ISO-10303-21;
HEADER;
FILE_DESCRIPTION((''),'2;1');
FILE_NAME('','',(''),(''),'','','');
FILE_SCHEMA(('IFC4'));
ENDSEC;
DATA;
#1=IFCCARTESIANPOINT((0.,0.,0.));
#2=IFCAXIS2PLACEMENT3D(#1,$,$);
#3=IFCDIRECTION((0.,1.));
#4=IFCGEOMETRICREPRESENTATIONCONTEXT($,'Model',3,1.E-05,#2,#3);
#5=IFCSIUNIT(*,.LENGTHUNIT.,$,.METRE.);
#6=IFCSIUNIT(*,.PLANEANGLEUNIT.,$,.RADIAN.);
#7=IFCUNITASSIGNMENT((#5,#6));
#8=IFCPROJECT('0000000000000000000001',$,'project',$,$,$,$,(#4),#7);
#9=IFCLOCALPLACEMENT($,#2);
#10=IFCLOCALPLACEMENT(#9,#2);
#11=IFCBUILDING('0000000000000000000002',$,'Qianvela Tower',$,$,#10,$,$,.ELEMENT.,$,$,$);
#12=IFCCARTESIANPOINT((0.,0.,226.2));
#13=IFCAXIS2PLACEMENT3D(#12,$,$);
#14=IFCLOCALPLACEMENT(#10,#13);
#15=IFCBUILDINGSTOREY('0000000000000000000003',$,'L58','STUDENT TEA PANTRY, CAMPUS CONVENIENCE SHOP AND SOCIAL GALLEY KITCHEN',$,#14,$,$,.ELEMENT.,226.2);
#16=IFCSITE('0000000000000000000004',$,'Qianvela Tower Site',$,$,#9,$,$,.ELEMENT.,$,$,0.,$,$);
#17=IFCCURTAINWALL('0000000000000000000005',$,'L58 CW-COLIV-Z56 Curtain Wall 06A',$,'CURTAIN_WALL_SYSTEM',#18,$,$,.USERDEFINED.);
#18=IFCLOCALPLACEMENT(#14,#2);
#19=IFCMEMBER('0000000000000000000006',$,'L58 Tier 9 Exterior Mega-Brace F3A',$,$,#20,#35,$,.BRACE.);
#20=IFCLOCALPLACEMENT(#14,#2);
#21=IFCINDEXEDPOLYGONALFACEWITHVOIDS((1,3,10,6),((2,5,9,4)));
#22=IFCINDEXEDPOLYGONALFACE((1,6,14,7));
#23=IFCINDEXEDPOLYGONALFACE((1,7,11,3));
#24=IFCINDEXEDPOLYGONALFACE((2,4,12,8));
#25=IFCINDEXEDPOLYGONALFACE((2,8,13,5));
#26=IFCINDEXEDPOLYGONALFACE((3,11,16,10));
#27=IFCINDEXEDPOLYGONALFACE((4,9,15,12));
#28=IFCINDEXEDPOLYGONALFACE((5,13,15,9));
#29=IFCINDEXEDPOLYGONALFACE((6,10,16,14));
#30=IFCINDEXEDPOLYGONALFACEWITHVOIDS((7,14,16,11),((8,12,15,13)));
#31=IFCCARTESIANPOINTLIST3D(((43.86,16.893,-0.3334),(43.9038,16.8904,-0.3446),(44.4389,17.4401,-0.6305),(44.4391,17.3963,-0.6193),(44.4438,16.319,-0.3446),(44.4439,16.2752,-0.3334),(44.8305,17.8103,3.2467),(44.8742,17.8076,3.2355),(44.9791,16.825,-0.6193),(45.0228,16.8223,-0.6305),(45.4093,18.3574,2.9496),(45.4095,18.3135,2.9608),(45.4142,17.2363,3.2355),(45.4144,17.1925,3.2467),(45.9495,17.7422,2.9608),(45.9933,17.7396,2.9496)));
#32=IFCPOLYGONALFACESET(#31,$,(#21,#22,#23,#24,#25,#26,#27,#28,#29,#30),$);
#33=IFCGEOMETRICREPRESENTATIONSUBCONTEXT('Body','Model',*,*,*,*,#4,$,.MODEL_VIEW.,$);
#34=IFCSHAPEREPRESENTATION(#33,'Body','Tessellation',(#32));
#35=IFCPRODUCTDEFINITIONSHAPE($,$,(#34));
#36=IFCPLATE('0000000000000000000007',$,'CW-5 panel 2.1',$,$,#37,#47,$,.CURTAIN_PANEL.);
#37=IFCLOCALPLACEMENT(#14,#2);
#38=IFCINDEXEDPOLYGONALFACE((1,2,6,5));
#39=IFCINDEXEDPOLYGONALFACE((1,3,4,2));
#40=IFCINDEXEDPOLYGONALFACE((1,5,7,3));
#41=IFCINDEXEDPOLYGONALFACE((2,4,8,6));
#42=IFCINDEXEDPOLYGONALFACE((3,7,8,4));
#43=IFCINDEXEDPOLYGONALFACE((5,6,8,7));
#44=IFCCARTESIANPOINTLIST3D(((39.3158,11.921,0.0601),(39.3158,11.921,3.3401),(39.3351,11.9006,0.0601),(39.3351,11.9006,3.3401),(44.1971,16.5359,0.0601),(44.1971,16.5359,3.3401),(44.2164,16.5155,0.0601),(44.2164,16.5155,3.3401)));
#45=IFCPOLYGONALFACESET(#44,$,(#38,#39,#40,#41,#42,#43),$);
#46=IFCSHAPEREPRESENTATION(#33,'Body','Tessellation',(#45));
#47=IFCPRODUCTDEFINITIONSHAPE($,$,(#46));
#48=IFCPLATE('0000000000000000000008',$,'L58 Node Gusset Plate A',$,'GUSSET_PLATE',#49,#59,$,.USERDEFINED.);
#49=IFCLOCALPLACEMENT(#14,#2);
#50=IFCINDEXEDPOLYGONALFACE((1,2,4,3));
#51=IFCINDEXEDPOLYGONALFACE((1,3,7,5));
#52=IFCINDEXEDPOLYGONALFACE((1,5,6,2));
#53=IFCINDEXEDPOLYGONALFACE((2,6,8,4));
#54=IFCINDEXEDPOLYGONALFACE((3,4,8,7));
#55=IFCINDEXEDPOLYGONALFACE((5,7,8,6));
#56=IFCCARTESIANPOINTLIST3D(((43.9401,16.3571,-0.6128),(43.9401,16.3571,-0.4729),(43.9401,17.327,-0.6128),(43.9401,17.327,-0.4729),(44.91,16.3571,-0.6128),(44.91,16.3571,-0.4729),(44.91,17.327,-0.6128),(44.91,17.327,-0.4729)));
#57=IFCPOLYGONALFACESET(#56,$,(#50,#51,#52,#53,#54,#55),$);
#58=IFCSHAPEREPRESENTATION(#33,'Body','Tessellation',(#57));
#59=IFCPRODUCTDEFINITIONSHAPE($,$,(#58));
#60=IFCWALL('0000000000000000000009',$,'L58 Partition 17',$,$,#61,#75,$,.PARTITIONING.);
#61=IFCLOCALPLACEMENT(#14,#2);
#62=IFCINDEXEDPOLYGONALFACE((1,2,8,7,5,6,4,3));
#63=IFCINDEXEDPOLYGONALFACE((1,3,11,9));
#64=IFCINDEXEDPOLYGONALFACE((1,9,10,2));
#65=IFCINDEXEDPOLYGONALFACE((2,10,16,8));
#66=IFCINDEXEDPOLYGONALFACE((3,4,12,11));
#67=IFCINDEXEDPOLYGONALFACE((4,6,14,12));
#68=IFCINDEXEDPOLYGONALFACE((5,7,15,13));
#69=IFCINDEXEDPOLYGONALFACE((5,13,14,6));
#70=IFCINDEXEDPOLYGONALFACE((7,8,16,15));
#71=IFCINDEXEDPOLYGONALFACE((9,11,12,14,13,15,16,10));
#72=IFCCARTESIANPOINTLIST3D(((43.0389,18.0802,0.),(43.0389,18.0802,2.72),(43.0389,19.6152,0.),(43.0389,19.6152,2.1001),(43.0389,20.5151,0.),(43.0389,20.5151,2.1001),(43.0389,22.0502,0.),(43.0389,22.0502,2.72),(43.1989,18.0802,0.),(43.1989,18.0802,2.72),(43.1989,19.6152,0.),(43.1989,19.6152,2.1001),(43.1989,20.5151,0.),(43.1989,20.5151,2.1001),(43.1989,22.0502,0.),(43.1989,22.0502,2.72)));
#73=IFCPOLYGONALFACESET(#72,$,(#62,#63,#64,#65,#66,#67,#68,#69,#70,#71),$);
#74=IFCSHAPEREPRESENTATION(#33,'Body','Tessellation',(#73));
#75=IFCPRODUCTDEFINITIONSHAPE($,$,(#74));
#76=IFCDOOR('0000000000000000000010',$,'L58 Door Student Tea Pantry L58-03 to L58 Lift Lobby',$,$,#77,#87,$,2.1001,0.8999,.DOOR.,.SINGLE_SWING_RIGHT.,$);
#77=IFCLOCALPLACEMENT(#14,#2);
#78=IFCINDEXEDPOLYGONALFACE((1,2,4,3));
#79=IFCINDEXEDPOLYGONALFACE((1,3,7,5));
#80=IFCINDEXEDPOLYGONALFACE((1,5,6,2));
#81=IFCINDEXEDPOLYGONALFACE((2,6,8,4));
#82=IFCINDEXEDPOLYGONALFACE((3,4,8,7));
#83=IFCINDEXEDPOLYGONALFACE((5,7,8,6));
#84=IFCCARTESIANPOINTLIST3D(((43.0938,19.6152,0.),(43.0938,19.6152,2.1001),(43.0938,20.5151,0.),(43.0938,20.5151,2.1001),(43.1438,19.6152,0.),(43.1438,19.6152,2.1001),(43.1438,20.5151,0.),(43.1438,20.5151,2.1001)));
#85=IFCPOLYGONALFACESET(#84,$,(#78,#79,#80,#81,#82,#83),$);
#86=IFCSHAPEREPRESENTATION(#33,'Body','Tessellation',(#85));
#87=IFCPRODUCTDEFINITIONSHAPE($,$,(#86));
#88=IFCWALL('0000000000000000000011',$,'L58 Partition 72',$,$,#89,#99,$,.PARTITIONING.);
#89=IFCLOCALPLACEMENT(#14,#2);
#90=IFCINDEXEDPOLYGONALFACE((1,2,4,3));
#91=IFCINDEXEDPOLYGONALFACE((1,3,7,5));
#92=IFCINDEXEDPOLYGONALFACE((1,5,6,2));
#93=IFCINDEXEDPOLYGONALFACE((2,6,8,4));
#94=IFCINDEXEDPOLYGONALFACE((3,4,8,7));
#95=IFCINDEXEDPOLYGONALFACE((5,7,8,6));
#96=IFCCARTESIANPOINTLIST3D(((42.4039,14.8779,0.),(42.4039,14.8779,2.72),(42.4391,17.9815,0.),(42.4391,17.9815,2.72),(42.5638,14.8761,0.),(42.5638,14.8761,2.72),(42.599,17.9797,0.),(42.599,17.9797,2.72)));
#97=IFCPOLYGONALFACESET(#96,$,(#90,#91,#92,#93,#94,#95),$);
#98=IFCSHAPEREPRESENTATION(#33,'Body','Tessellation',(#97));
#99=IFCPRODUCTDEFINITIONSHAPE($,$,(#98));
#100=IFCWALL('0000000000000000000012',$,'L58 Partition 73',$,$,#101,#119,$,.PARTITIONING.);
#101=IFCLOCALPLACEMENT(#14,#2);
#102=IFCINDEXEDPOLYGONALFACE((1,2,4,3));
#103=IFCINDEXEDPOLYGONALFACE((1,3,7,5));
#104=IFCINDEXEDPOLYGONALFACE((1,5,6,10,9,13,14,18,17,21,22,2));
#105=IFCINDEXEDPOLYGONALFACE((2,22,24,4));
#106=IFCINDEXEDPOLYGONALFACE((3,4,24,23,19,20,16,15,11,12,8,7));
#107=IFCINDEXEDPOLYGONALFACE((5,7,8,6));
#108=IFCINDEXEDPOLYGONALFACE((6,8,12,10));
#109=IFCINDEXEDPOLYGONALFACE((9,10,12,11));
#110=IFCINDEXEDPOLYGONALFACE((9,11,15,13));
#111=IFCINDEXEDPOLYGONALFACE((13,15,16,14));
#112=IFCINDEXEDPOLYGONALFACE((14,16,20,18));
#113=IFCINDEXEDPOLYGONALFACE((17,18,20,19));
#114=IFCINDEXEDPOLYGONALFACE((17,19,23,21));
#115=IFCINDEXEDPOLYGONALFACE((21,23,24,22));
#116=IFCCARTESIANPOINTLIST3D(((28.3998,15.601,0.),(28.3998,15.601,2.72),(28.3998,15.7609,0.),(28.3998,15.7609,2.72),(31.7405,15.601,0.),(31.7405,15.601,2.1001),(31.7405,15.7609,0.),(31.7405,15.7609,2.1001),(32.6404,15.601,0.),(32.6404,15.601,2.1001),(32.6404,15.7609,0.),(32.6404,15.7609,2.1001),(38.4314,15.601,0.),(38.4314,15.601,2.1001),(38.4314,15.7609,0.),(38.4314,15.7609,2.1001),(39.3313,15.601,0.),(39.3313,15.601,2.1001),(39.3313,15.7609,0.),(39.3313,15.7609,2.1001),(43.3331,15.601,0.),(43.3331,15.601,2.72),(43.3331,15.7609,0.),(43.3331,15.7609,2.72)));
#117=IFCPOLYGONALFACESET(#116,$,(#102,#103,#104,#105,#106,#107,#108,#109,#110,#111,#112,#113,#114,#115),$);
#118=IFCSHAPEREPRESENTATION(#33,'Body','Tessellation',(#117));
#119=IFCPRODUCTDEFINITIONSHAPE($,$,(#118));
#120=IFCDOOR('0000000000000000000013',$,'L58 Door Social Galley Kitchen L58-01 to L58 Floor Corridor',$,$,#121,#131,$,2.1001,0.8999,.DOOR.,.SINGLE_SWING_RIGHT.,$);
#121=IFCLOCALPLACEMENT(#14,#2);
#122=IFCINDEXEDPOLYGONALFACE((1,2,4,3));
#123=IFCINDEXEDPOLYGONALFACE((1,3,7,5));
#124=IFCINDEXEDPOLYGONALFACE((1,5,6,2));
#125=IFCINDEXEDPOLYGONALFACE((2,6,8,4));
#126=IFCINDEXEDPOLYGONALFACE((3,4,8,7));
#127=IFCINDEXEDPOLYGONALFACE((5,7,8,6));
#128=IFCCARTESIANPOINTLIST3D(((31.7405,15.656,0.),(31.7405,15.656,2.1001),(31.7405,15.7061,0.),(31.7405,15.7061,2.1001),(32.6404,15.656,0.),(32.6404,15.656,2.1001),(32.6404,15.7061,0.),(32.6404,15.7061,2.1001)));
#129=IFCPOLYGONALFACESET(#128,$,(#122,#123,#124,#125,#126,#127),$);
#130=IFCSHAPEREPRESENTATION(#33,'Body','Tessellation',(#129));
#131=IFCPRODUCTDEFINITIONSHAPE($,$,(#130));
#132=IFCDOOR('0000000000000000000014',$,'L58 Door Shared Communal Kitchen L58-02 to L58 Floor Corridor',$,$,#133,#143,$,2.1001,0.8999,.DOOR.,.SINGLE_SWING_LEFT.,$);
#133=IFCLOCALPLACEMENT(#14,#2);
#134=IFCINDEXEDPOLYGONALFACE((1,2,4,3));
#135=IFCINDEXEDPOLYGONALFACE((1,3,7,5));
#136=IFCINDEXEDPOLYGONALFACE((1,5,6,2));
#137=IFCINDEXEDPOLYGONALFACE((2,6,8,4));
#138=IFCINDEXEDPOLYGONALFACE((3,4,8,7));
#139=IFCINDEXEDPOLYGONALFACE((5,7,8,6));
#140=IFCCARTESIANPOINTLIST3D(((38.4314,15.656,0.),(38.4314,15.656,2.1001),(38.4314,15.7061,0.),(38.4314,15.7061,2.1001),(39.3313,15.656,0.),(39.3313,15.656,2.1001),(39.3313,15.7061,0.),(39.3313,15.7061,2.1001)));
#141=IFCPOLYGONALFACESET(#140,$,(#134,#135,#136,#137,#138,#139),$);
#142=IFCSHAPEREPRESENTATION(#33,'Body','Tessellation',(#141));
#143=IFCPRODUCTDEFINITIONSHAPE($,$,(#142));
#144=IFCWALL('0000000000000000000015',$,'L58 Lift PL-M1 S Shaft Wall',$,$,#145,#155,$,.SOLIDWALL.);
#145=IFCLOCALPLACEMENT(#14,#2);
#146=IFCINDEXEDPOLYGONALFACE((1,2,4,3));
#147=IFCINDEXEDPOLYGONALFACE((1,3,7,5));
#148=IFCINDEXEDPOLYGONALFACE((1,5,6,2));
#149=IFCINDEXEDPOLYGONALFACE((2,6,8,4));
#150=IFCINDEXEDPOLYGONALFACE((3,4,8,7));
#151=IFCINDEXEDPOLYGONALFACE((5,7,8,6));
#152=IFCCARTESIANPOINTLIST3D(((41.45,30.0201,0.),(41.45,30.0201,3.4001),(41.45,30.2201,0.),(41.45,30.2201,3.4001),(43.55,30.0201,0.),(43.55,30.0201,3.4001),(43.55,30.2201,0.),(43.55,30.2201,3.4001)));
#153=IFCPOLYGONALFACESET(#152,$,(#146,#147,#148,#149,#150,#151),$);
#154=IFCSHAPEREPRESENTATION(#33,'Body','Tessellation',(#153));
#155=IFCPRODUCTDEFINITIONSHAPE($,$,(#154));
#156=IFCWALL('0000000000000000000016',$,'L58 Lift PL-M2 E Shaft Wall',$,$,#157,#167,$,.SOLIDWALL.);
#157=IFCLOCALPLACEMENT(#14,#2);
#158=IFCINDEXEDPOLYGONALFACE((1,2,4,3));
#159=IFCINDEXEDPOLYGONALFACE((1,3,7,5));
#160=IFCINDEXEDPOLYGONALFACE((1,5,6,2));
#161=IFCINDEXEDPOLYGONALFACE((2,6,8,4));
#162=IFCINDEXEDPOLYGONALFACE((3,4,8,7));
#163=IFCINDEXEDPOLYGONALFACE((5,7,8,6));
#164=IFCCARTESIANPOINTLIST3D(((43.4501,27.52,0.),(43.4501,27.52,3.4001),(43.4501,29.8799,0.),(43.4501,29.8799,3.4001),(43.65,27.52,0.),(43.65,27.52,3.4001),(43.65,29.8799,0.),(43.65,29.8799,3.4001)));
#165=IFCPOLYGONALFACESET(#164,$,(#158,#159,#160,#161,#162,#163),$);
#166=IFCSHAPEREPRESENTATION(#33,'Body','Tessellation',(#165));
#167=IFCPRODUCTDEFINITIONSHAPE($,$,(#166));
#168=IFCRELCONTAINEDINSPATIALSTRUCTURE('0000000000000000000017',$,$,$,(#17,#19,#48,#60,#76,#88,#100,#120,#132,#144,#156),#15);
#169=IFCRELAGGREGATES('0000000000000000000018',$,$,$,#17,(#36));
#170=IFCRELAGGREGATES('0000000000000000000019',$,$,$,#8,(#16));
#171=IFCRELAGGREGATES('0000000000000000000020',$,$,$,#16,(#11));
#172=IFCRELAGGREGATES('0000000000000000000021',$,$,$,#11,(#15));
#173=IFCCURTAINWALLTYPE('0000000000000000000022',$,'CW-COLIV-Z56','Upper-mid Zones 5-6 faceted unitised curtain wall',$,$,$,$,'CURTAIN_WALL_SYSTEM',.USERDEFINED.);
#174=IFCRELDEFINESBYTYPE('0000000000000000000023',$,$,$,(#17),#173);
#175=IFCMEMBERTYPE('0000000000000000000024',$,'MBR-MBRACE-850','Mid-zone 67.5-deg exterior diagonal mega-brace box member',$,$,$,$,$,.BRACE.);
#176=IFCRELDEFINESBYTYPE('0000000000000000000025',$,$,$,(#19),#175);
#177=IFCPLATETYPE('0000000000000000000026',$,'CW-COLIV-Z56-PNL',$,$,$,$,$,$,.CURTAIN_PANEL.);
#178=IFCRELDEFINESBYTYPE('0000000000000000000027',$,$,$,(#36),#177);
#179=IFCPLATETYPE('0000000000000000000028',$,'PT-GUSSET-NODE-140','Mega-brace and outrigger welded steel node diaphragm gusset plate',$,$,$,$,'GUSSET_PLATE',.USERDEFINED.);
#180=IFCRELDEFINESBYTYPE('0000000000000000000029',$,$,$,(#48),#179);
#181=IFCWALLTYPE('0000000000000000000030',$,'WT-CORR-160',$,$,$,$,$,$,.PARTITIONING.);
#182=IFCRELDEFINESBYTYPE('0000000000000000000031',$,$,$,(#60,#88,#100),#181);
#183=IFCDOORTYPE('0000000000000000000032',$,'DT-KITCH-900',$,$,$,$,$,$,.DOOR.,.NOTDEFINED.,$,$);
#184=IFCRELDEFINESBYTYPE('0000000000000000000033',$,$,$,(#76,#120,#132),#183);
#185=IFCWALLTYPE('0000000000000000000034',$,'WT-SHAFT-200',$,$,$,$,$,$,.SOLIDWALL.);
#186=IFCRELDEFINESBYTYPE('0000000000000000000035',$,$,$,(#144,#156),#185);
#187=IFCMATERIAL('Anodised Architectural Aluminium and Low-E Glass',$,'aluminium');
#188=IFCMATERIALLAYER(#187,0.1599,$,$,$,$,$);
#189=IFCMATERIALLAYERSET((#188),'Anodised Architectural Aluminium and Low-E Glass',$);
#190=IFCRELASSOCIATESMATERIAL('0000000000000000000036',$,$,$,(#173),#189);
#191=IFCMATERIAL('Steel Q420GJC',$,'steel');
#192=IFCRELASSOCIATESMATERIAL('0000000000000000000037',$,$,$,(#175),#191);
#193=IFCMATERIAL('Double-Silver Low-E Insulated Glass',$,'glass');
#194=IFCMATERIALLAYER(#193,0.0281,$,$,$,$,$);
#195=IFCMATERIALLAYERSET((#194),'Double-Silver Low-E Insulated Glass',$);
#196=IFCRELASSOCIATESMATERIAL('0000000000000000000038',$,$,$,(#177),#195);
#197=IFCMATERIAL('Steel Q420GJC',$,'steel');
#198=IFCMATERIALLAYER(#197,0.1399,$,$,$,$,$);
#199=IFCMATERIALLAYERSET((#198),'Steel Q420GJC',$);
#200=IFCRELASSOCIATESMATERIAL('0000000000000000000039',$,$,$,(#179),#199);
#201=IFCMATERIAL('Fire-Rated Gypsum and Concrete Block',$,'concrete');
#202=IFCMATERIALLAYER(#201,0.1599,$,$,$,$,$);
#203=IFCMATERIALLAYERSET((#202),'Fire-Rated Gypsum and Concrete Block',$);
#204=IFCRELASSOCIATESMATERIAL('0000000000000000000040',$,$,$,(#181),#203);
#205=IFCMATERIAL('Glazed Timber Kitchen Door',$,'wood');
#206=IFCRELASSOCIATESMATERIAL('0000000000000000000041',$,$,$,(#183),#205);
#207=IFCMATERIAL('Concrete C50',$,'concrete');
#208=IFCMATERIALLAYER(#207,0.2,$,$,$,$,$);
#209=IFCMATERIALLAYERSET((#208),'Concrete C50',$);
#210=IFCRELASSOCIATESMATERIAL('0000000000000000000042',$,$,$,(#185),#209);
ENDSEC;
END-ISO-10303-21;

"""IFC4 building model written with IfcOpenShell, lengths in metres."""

from ifc_helpers import new_model, si_unit, direction, frame, frame_2d, origin, origin_2d, place, context, subcontext, project, spatial, rectangle, hollow_rectangle, extrude, material, layer, layer_set, material_profile, profile_set, type_object, element, fill, aggregate, save


model = new_model("IFC4")

# Units and contexts
model_context = context("Model", 3, precision=1e-05, world=origin(), true_north=direction((0.0, 1.0)))
body_context = subcontext(model_context, "Body", "Model", "MODEL_VIEW")
ifc_project = project(units=[si_unit("LENGTHUNIT", "METRE"), si_unit("PLANEANGLEUNIT", "RADIAN")], contexts=[model_context])

# Site, building, storey
site_placement = place(None, origin())
site = spatial("IfcSite", under=ifc_project, at=site_placement, Name="Qianvela Tower Site", CompositionType="ELEMENT", RefElevation=0.0)
building_placement = place(site_placement, origin())
building = spatial("IfcBuilding", under=site, at=building_placement, Name="Qianvela Tower", CompositionType="ELEMENT")
storey_placement = place(building_placement, frame((0.0, 0.0, 226.2)))
storey = spatial("IfcBuildingStorey", under=building, at=storey_placement, Name="L58", Description="STUDENT TEA PANTRY, CAMPUS CONVENIENCE SHOP AND SOCIAL GALLEY KITCHEN", CompositionType="ELEMENT", Elevation=226.2)

# Curtain wall
ifc_material_1 = material(Name="Anodised Architectural Aluminium and Low-E Glass", Category="aluminium")
ifc_layer_1 = layer(ifc_material_1, 0.1599)
ifc_layer_set_1 = layer_set([ifc_layer_1], Name="Anodised Architectural Aluminium and Low-E Glass")
curtain_wall_type_1 = type_object("IfcCurtainWallType", Name="CW-COLIV-Z56", Description="Upper-mid Zones 5-6 faceted unitised curtain wall", ElementType="CURTAIN_WALL_SYSTEM", PredefinedType="USERDEFINED", material=ifc_layer_set_1)
curtain_wall_1_placement = place(storey_placement, origin())
curtain_wall_1 = element("IfcCurtainWall", 1, at=curtain_wall_1_placement, inside=storey, type_object=curtain_wall_type_1, Name="L58 CW-COLIV-Z56 Curtain Wall 06A", ObjectType="CURTAIN_WALL_SYSTEM", PredefinedType="USERDEFINED")

# Member
ifc_material_2 = material(Name="Steel Q420GJC", Category="steel")
ifc_material_profile_1 = material_profile(ifc_material_2, hollow_rectangle(XDim=0.8501, YDim=0.8501, WallThickness=0.032, at=origin_2d()), Name="MBOX-850x850x32")
ifc_profile_set_1 = profile_set([ifc_material_profile_1], Name="Steel Q420GJC")
member_type_1 = type_object("IfcMemberType", Name="MBR-MBRACE-850", Description="Mid-zone 67.5-deg exterior diagonal mega-brace box member", PredefinedType="BRACE", material=ifc_profile_set_1)
member_1_placement = place(storey_placement, frame((44.4414, 16.8577, -0.4819), z_axis=(0.25398, 0.240051, 0.936947), x_axis=(-0.686897, 0.726755, 0.0)))
element("IfcMember", 2, at=member_1_placement, inside=storey, type_object=member_type_1, Name="L58 Tier 9 Exterior Mega-Brace F3A", PredefinedType="BRACE", context=body_context, shape_type="SweptSolid", body=[
    extrude(hollow_rectangle(XDim=0.8501, YDim=0.8501, WallThickness=0.032, at=origin_2d()), origin(), (0.0, 0.0, 1.0), 3.821),
])

# Plates
ifc_material_3 = material(Name="Double-Silver Low-E Insulated Glass", Category="glass")
ifc_layer_2 = layer(ifc_material_3, 0.0281)
ifc_layer_set_2 = layer_set([ifc_layer_2], Name="Double-Silver Low-E Insulated Glass")
plate_type_1 = type_object("IfcPlateType", Name="CW-COLIV-Z56-PNL", PredefinedType="CURTAIN_PANEL", material=ifc_layer_set_2)
plate_1_placement = place(storey_placement, frame((41.7661, 14.2183, 0.0601), z_axis=(0.0, 0.0, 1.0), x_axis=(0.72666, 0.686997, 0.0)))
plate_1 = element("IfcPlate", 3, at=plate_1_placement, type_object=plate_type_1, Name="CW-5 panel 2.1", PredefinedType="CURTAIN_PANEL", context=body_context, shape_type="SweptSolid", body=[
    extrude(rectangle(XDim=6.7175, YDim=0.0281, at=origin_2d()), origin(), (0.0, 0.0, 1.0), 3.28),
])
aggregate(curtain_wall_1, [plate_1])
ifc_material_4 = material(Name="Steel Q420GJC", Category="steel")
ifc_layer_3 = layer(ifc_material_4, 0.1399)
ifc_layer_set_3 = layer_set([ifc_layer_3], Name="Steel Q420GJC")
plate_type_2 = type_object("IfcPlateType", Name="PT-GUSSET-NODE-140", Description="Mega-brace and outrigger welded steel node diaphragm gusset plate", ElementType="GUSSET_PLATE", PredefinedType="USERDEFINED", material=ifc_layer_set_3)
plate_2_placement = place(storey_placement, frame((44.425, 16.842, -0.6128), z_axis=(0.0, 0.0, 1.0), x_axis=(1.0, 0.0, 0.0)))
element("IfcPlate", 4, at=plate_2_placement, inside=storey, type_object=plate_type_2, Name="L58 Node Gusset Plate A", ObjectType="GUSSET_PLATE", PredefinedType="USERDEFINED", context=body_context, shape_type="SweptSolid", body=[
    extrude(rectangle(XDim=0.97, YDim=0.97, at=origin_2d()), origin(), (0.0, 0.0, 1.0), 0.1399),
])

# Wall, opening, door
ifc_material_5 = material(Name="Fire-Rated Gypsum and Concrete Block", Category="concrete")
ifc_layer_4 = layer(ifc_material_5, 0.1599)
ifc_layer_set_4 = layer_set([ifc_layer_4], Name="Fire-Rated Gypsum and Concrete Block")
wall_type_1 = type_object("IfcWallType", Name="WT-CORR-160", PredefinedType="PARTITIONING", material=ifc_layer_set_4)
wall_1_placement = place(storey_placement, frame((43.1189, 22.05, 0.0), z_axis=(0.0, 0.0, 1.0), x_axis=(0.0, -1.0, 0.0)))
wall_1 = element("IfcWall", 5, at=wall_1_placement, inside=storey, type_object=wall_type_1, Name="L58 Partition 17", PredefinedType="PARTITIONING", context=body_context, shape_type="SweptSolid", body=[
    extrude(rectangle(XDim=3.97, YDim=0.1599, at=frame_2d((1.9849, 0.0))), origin(), (0.0, 0.0, 1.0), 2.72),
])
opening_1_placement = place(wall_1_placement, frame((1.5349, 0.0, 0.0)))
opening_1 = element("IfcOpeningElement", 6, at=opening_1_placement, cuts=wall_1, PredefinedType="OPENING", context=body_context, shape_type="SweptSolid", body=[
    extrude(rectangle(XDim=0.8999, YDim=2.1001, at=frame_2d((0.45, 1.05))), frame((0.0, 0.0898, 0.0), z_axis=(0.0, -1.0, 0.0), x_axis=(1.0, 0.0, 0.0)), (0.0, 0.0, 1.0), 0.1799),
])
ifc_material_6 = material(Name="Glazed Timber Kitchen Door", Category="wood")
door_type_1 = type_object("IfcDoorType", Name="DT-KITCH-900", OperationType="NOTDEFINED", PredefinedType="DOOR", material=ifc_material_6)
door_1_placement = place(opening_1_placement, origin())
door_1 = element("IfcDoor", 7, at=door_1_placement, inside=storey, type_object=door_type_1, Name="L58 Door Student Tea Pantry L58-03 to L58 Lift Lobby", OperationType="SINGLE_SWING_RIGHT", OverallHeight=2.1001, OverallWidth=0.8999, PredefinedType="DOOR", context=body_context, shape_type="SweptSolid", body=[
    extrude(rectangle(XDim=0.8999, YDim=2.1001, at=frame_2d((0.45, 1.05))), frame((0.0, 0.0249, 0.0), z_axis=(0.0, -1.0, 0.0), x_axis=(1.0, 0.0, 0.0)), (0.0, 0.0, 1.0), 0.05),
])
fill(opening_1, door_1)

# Wall
wall_2_placement = place(storey_placement, frame((42.519, 17.9805, 0.0), z_axis=(0.0, 0.0, 1.0), x_axis=(-0.011327, -0.999936, 0.0)))
element("IfcWall", 8, at=wall_2_placement, inside=storey, type_object=wall_type_1, Name="L58 Partition 72", PredefinedType="PARTITIONING", context=body_context, shape_type="SweptSolid", body=[
    extrude(rectangle(XDim=3.1038, YDim=0.1599, at=frame_2d((1.5518, 0.0))), origin(), (0.0, 0.0, 1.0), 2.72),
])

# Wall, openings, doors
wall_3_placement = place(storey_placement, frame((43.3333, 15.6809, 0.0), z_axis=(0.0, 0.0, 1.0), x_axis=(-1.0, 0.0, 0.0)))
wall_3 = element("IfcWall", 9, at=wall_3_placement, inside=storey, type_object=wall_type_1, Name="L58 Partition 73", PredefinedType="PARTITIONING", context=body_context, shape_type="SweptSolid", body=[
    extrude(rectangle(XDim=14.9333, YDim=0.1599, at=frame_2d((7.4668, 0.0))), origin(), (0.0, 0.0, 1.0), 2.72),
])
opening_2_placement = place(wall_3_placement, frame((10.6929, 0.0, 0.0)))
opening_2 = element("IfcOpeningElement", 10, at=opening_2_placement, cuts=wall_3, PredefinedType="OPENING", context=body_context, shape_type="SweptSolid", body=[
    extrude(rectangle(XDim=0.8999, YDim=2.1001, at=frame_2d((0.45, 1.05))), frame((0.0, 0.0898, 0.0), z_axis=(0.0, -1.0, 0.0), x_axis=(1.0, 0.0, 0.0)), (0.0, 0.0, 1.0), 0.1799),
])
opening_3_placement = place(wall_3_placement, frame((4.002, 0.0, 0.0)))
opening_3 = element("IfcOpeningElement", 11, at=opening_3_placement, cuts=wall_3, PredefinedType="OPENING", context=body_context, shape_type="SweptSolid", body=[
    extrude(rectangle(XDim=0.8999, YDim=2.1001, at=frame_2d((0.45, 1.05))), frame((0.0, 0.0898, 0.0), z_axis=(0.0, -1.0, 0.0), x_axis=(1.0, 0.0, 0.0)), (0.0, 0.0, 1.0), 0.1799),
])
door_2_placement = place(opening_2_placement, origin())
door_2 = element("IfcDoor", 12, at=door_2_placement, inside=storey, type_object=door_type_1, Name="L58 Door Social Galley Kitchen L58-01 to L58 Floor Corridor", OperationType="SINGLE_SWING_RIGHT", OverallHeight=2.1001, OverallWidth=0.8999, PredefinedType="DOOR", context=body_context, shape_type="SweptSolid", body=[
    extrude(rectangle(XDim=0.8999, YDim=2.1001, at=frame_2d((0.45, 1.05))), frame((0.0, 0.0249, 0.0), z_axis=(0.0, -1.0, 0.0), x_axis=(1.0, 0.0, 0.0)), (0.0, 0.0, 1.0), 0.05),
])
fill(opening_2, door_2)
door_3_placement = place(opening_3_placement, origin())
door_3 = element("IfcDoor", 13, at=door_3_placement, inside=storey, type_object=door_type_1, Name="L58 Door Shared Communal Kitchen L58-02 to L58 Floor Corridor", OperationType="SINGLE_SWING_LEFT", OverallHeight=2.1001, OverallWidth=0.8999, PredefinedType="DOOR", context=body_context, shape_type="SweptSolid", body=[
    extrude(rectangle(XDim=0.8999, YDim=2.1001, at=frame_2d((0.45, 1.05))), frame((0.0, 0.0249, 0.0), z_axis=(0.0, -1.0, 0.0), x_axis=(1.0, 0.0, 0.0)), (0.0, 0.0, 1.0), 0.05),
])
fill(opening_3, door_3)

# Shared definitions
ifc_material_7 = material(Name="Concrete C50", Category="concrete")
ifc_layer_5 = layer(ifc_material_7, 0.2)
ifc_layer_set_5 = layer_set([ifc_layer_5], Name="Concrete C50")
wall_type_2 = type_object("IfcWallType", Name="WT-SHAFT-200", PredefinedType="SOLIDWALL", material=ifc_layer_set_5)

# Walls
wall_4_placement = place(storey_placement, frame((41.45, 30.1201, 0.0), z_axis=(0.0, 0.0, 1.0), x_axis=(1.0, 0.0, 0.0)))
element("IfcWall", 14, at=wall_4_placement, inside=storey, type_object=wall_type_2, Name="L58 Lift PL-M1 S Shaft Wall", PredefinedType="SOLIDWALL", context=body_context, shape_type="SweptSolid", body=[
    extrude(rectangle(XDim=2.1001, YDim=0.2, at=frame_2d((1.05, 0.0))), origin(), (0.0, 0.0, 1.0), 3.4001),
])
wall_5_placement = place(storey_placement, frame((43.55, 27.52, 0.0), z_axis=(0.0, 0.0, 1.0), x_axis=(0.0, 1.0, 0.0)))
element("IfcWall", 15, at=wall_5_placement, inside=storey, type_object=wall_type_2, Name="L58 Lift PL-M2 E Shaft Wall", PredefinedType="SOLIDWALL", context=body_context, shape_type="SweptSolid", body=[
    extrude(rectangle(XDim=2.3599, YDim=0.2, at=frame_2d((1.1799, 0.0))), origin(), (0.0, 0.0, 1.0), 3.4001),
])

save(model, "model.ifc")
